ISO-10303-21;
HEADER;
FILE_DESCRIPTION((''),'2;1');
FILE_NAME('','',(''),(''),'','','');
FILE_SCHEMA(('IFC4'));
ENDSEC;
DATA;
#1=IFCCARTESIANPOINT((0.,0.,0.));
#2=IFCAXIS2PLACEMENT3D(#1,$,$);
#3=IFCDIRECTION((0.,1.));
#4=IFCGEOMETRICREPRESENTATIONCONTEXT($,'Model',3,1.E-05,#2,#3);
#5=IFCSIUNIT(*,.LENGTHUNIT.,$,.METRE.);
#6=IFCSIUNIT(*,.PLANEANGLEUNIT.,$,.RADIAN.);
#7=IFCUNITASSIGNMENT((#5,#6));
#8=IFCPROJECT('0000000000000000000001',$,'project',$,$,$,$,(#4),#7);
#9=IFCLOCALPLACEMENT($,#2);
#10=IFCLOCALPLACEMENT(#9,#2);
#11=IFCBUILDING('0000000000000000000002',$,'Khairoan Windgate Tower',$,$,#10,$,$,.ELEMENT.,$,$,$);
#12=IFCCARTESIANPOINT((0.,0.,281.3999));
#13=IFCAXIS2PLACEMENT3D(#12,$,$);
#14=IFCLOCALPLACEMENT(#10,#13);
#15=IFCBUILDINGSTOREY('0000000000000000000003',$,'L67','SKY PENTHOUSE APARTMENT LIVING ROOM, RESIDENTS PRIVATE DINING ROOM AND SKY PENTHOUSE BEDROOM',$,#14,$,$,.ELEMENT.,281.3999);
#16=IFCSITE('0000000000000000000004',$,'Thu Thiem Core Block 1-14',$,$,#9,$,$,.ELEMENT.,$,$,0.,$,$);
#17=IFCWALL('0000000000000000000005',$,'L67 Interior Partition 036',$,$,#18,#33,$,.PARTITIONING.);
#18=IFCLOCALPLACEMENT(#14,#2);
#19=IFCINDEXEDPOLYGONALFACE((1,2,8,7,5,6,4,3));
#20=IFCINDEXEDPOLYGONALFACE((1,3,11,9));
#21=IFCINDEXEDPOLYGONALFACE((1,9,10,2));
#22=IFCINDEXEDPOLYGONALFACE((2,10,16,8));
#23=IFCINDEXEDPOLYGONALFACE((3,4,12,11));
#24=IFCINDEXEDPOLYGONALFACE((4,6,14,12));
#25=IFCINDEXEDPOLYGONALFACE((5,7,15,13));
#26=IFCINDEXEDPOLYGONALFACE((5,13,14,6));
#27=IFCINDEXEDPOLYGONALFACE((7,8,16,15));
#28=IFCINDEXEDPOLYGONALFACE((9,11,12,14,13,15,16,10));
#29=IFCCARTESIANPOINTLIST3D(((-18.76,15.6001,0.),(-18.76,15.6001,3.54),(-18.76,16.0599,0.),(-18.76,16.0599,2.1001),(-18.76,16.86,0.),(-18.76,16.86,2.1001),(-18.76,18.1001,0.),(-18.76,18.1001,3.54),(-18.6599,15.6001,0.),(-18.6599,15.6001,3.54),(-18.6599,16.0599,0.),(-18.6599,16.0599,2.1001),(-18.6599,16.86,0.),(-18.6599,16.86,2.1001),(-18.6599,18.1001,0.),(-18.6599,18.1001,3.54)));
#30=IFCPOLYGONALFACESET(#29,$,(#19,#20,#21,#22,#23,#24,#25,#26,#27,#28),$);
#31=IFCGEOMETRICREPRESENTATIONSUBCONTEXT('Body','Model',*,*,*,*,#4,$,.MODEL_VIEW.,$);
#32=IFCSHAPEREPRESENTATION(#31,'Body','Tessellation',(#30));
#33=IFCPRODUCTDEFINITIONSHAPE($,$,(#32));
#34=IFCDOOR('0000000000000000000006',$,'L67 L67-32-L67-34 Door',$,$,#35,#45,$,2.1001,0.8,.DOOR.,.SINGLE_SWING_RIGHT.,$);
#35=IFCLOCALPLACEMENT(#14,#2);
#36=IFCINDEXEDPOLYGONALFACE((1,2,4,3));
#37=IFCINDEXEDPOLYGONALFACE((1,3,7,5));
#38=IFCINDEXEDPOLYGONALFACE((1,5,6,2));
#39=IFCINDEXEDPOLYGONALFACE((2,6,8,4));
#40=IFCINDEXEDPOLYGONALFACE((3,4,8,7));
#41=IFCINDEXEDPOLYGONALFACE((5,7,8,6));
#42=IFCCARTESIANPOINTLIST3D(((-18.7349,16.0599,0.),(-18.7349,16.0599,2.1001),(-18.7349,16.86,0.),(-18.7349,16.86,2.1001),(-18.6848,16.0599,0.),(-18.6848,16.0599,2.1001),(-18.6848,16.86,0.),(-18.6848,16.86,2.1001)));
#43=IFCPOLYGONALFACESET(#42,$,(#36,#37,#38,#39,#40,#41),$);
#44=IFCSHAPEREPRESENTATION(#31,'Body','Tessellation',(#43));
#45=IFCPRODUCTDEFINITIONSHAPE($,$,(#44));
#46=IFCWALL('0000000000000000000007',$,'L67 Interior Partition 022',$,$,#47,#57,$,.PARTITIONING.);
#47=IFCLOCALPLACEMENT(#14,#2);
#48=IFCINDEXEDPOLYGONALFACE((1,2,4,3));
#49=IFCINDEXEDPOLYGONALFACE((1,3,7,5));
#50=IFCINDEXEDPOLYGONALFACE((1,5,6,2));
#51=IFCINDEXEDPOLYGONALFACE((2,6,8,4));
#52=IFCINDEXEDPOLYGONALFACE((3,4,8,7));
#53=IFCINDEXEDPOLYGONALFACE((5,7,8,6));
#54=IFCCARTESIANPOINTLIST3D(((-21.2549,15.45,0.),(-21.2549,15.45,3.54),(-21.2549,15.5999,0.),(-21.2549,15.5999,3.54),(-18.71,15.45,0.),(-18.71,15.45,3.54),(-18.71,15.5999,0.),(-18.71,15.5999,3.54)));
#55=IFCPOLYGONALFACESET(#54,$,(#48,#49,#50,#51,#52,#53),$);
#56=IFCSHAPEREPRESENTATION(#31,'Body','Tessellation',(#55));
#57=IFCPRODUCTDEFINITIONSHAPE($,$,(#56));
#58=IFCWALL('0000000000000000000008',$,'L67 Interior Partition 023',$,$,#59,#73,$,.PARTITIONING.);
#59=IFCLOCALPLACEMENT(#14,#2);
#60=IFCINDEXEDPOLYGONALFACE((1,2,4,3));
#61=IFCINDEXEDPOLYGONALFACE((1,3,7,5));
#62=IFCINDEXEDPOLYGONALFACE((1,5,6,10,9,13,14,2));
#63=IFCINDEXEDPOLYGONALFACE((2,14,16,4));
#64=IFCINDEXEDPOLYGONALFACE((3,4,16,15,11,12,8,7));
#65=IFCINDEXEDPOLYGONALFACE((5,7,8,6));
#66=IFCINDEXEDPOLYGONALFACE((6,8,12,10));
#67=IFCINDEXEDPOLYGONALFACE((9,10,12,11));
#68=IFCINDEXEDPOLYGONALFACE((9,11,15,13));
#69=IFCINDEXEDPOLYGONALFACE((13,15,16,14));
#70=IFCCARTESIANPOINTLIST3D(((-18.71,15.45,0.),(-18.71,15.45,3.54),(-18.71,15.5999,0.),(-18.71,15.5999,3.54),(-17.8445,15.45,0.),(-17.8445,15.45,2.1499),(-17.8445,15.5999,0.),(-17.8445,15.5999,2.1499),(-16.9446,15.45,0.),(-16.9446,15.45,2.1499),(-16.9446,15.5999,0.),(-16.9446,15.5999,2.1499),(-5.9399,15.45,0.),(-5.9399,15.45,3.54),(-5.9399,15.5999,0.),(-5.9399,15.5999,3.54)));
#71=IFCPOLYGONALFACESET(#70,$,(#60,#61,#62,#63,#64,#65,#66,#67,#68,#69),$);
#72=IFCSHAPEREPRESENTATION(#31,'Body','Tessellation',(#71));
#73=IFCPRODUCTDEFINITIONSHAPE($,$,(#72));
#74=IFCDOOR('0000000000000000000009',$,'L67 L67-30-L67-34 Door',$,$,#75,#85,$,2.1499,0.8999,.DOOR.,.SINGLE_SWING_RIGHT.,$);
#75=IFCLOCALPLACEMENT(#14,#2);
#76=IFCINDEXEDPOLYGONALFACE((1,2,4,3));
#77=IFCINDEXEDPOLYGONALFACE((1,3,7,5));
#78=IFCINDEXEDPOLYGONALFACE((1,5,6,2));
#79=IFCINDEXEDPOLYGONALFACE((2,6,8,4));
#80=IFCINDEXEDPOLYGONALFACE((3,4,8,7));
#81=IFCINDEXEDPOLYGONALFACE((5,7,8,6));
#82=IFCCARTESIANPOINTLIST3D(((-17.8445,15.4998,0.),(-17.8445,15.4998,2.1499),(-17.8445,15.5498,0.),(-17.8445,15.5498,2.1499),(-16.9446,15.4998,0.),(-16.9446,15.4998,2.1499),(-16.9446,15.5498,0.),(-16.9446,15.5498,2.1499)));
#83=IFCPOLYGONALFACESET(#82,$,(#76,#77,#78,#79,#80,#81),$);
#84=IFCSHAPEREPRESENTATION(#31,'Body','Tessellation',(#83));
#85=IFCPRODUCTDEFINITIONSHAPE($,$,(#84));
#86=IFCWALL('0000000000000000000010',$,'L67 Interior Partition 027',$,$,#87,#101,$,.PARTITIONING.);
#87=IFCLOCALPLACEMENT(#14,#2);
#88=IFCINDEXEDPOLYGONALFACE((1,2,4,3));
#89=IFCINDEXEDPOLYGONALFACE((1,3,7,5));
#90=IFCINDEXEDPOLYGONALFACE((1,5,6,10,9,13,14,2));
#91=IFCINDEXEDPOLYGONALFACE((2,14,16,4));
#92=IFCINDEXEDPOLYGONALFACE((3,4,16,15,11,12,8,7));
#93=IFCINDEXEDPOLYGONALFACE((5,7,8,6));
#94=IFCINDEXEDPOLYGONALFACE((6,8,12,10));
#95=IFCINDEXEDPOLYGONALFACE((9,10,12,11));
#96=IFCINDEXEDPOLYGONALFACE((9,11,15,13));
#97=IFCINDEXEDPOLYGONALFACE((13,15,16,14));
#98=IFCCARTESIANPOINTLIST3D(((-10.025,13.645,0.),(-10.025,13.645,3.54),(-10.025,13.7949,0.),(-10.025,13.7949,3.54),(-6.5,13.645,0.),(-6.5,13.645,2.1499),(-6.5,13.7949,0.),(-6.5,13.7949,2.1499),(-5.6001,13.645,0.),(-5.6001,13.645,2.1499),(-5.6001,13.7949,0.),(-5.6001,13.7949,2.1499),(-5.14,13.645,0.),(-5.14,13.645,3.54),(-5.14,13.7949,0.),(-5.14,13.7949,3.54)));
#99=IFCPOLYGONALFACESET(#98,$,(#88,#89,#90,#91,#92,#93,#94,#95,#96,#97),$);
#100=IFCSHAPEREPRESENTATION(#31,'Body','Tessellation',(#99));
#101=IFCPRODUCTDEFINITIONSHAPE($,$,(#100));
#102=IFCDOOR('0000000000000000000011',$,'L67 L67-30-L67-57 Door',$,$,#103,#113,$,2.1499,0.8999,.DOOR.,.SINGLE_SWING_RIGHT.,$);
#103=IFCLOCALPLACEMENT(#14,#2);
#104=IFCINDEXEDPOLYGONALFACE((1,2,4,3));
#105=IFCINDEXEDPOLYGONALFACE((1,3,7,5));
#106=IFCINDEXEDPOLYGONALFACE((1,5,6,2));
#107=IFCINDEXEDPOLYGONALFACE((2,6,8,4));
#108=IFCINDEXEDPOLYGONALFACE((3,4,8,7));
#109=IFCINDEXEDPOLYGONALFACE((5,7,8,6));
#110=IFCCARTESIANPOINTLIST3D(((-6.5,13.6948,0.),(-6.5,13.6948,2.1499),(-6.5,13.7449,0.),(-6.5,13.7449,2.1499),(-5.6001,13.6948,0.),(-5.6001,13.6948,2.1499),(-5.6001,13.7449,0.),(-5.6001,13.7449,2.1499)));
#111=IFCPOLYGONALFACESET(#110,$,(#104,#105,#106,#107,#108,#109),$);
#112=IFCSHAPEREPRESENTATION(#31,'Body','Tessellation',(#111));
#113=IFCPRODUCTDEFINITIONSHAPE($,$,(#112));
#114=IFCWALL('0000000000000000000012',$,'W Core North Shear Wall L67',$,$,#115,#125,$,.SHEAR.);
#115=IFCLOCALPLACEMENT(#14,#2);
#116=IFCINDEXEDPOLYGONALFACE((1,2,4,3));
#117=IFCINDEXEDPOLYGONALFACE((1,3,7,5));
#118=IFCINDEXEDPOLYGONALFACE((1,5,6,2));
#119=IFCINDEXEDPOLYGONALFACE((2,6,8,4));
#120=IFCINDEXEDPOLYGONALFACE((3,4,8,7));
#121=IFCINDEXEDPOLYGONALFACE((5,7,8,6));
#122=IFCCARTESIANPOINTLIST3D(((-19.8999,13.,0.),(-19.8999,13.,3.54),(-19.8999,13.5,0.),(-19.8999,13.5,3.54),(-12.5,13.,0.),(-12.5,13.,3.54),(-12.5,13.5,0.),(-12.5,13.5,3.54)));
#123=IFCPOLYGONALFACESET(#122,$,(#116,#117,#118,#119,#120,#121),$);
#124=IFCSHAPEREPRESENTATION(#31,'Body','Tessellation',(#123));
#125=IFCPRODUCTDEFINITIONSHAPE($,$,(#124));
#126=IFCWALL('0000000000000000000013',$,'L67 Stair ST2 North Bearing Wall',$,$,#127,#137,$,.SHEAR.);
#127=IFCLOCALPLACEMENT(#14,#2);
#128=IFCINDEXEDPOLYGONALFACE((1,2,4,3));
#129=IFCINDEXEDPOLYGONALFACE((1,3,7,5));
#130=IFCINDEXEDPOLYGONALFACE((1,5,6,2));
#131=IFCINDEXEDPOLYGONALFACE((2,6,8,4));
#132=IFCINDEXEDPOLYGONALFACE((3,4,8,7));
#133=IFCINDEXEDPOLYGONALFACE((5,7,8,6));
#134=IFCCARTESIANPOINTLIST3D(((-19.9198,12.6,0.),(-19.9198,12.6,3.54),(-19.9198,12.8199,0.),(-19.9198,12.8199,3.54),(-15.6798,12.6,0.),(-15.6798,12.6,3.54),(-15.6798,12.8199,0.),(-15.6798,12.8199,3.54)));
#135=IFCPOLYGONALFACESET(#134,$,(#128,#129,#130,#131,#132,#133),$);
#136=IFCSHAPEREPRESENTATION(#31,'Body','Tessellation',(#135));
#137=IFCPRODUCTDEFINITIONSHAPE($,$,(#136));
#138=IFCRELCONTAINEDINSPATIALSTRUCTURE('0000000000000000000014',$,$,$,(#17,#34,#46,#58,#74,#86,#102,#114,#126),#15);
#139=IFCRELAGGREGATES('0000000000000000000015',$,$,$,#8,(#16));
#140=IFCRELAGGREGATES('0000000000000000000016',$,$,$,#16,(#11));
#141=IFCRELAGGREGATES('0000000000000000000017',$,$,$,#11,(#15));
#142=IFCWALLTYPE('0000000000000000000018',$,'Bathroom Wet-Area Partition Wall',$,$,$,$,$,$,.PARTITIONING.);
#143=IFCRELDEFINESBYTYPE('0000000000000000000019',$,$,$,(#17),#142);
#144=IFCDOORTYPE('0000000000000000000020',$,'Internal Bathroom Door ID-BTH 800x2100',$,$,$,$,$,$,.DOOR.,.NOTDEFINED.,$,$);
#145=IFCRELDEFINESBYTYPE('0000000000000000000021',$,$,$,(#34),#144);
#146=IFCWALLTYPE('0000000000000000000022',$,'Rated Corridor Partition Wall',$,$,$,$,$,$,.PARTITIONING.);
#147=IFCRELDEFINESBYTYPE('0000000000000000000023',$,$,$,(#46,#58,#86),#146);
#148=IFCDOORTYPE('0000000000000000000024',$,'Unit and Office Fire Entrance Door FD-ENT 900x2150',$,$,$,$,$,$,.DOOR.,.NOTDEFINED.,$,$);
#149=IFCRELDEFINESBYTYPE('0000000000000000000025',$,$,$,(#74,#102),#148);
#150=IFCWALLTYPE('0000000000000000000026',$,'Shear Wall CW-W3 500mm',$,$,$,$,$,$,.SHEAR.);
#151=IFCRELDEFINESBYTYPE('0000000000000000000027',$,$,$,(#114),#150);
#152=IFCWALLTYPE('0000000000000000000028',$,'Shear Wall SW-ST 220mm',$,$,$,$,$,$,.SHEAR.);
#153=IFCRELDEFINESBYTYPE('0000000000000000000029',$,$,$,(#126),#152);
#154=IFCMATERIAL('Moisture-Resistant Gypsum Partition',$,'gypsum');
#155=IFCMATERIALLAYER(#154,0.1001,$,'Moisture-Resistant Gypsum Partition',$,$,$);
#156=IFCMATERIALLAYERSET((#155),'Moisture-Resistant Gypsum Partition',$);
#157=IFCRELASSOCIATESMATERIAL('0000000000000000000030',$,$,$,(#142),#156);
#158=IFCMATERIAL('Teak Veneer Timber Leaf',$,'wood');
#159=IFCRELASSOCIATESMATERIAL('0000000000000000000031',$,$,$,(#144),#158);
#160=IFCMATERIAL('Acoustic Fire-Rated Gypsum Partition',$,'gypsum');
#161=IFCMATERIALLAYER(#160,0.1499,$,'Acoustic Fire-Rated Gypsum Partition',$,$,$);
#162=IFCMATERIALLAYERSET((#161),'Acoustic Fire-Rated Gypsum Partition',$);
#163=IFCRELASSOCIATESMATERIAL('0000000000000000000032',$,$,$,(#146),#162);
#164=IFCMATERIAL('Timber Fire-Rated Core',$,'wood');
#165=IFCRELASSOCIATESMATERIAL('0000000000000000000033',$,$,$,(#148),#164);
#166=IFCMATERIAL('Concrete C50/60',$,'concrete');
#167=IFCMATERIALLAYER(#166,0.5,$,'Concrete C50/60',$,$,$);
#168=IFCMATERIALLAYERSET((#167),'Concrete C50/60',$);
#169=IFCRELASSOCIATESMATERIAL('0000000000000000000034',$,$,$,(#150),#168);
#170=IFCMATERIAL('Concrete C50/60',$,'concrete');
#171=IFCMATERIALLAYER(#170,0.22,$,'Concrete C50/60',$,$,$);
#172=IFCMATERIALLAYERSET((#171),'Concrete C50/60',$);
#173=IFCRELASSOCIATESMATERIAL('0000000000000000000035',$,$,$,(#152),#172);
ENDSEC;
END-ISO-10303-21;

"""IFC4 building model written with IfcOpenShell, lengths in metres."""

from ifc_helpers import new_model, si_unit, direction, frame, frame_2d, origin, place, context, subcontext, project, spatial, rectangle, extrude, material, layer, layer_set, type_object, element, fill, save


model = new_model("IFC4")

# Units and contexts
model_context = context("Model", 3, precision=1e-05, world=origin(), true_north=direction((0.0, 1.0)))
body_context = subcontext(model_context, "Body", "Model", "MODEL_VIEW")
ifc_project = project(units=[si_unit("LENGTHUNIT", "METRE"), si_unit("PLANEANGLEUNIT", "RADIAN")], contexts=[model_context])

# Site, building, storey
site_placement = place(None, origin())
site = spatial("IfcSite", under=ifc_project, at=site_placement, Name="Thu Thiem Core Block 1-14", CompositionType="ELEMENT", RefElevation=0.0)
building_placement = place(site_placement, origin())
building = spatial("IfcBuilding", under=site, at=building_placement, Name="Khairoan Windgate Tower", CompositionType="ELEMENT")
storey_placement = place(building_placement, frame((0.0, 0.0, 281.3999)))
storey = spatial("IfcBuildingStorey", under=building, at=storey_placement, Name="L67", Description="SKY PENTHOUSE APARTMENT LIVING ROOM, RESIDENTS PRIVATE DINING ROOM AND SKY PENTHOUSE BEDROOM", CompositionType="ELEMENT", Elevation=281.3999)

# Shared definitions
ifc_material_1 = material(Name="Moisture-Resistant Gypsum Partition", Category="gypsum")
ifc_layer_1 = layer(ifc_material_1, 0.1001, Name="Moisture-Resistant Gypsum Partition")
ifc_layer_set_1 = layer_set([ifc_layer_1], Name="Moisture-Resistant Gypsum Partition")
wall_type_1 = type_object("IfcWallType", Name="Bathroom Wet-Area Partition Wall", PredefinedType="PARTITIONING", material=ifc_layer_set_1)

# Wall, opening, door
wall_1_placement = place(storey_placement, frame((-18.71, 15.6001, 0.0), z_axis=(0.0, 0.0, 1.0), x_axis=(0.0, 1.0, 0.0)))
wall_1 = element("IfcWall", 1, at=wall_1_placement, inside=storey, type_object=wall_type_1, Name="L67 Interior Partition 036", PredefinedType="PARTITIONING", context=body_context, shape_type="SweptSolid", body=[
    extrude(rectangle(XDim=2.5, YDim=0.1001, at=frame_2d((1.25, 0.0))), origin(), (0.0, 0.0, 1.0), 3.54),
])
opening_1_placement = place(wall_1_placement, frame((0.46, 0.0, 0.0)))
opening_1 = element("IfcOpeningElement", 2, at=opening_1_placement, cuts=wall_1, PredefinedType="OPENING", context=body_context, shape_type="SweptSolid", body=[
    extrude(rectangle(XDim=0.8, YDim=2.1001, at=frame_2d((0.3999, 1.05))), frame((0.0, 0.0601, 0.0), z_axis=(0.0, -1.0, 0.0), x_axis=(1.0, 0.0, 0.0)), (0.0, 0.0, 1.0), 0.1201),
])
ifc_material_2 = material(Name="Teak Veneer Timber Leaf", Category="wood")
door_type_1 = type_object("IfcDoorType", Name="Internal Bathroom Door ID-BTH 800x2100", OperationType="NOTDEFINED", PredefinedType="DOOR", material=ifc_material_2)
door_1_placement = place(opening_1_placement, origin())
door_1 = element("IfcDoor", 3, at=door_1_placement, inside=storey, type_object=door_type_1, Name="L67 L67-32-L67-34 Door", OperationType="SINGLE_SWING_RIGHT", OverallHeight=2.1001, OverallWidth=0.8, PredefinedType="DOOR", context=body_context, shape_type="SweptSolid", body=[
    extrude(rectangle(XDim=0.8, YDim=2.1001, at=frame_2d((0.3999, 1.05))), frame((0.0, 0.0249, 0.0), z_axis=(0.0, -1.0, 0.0), x_axis=(1.0, 0.0, 0.0)), (0.0, 0.0, 1.0), 0.05),
])
fill(opening_1, door_1)

# Wall
ifc_material_3 = material(Name="Acoustic Fire-Rated Gypsum Partition", Category="gypsum")
ifc_layer_2 = layer(ifc_material_3, 0.1499, Name="Acoustic Fire-Rated Gypsum Partition")
ifc_layer_set_2 = layer_set([ifc_layer_2], Name="Acoustic Fire-Rated Gypsum Partition")
wall_type_2 = type_object("IfcWallType", Name="Rated Corridor Partition Wall", PredefinedType="PARTITIONING", material=ifc_layer_set_2)
wall_2_placement = place(storey_placement, frame((-21.2549, 15.5249, 0.0), z_axis=(0.0, 0.0, 1.0), x_axis=(1.0, 0.0, 0.0)))
element("IfcWall", 4, at=wall_2_placement, inside=storey, type_object=wall_type_2, Name="L67 Interior Partition 022", PredefinedType="PARTITIONING", context=body_context, shape_type="SweptSolid", body=[
    extrude(rectangle(XDim=2.5449, YDim=0.1499, at=frame_2d((1.2725, 0.0))), origin(), (0.0, 0.0, 1.0), 3.54),
])

# Walls, openings, doors
wall_3_placement = place(storey_placement, frame((-18.71, 15.5249, 0.0), z_axis=(0.0, 0.0, 1.0), x_axis=(1.0, 0.0, 0.0)))
wall_3 = element("IfcWall", 5, at=wall_3_placement, inside=storey, type_object=wall_type_2, Name="L67 Interior Partition 023", PredefinedType="PARTITIONING", context=body_context, shape_type="SweptSolid", body=[
    extrude(rectangle(XDim=12.77, YDim=0.1499, at=frame_2d((6.385, 0.0))), origin(), (0.0, 0.0, 1.0), 3.54),
])
opening_2_placement = place(wall_3_placement, frame((0.8655, 0.0, 0.0)))
opening_2 = element("IfcOpeningElement", 6, at=opening_2_placement, cuts=wall_3, PredefinedType="OPENING", context=body_context, shape_type="SweptSolid", body=[
    extrude(rectangle(XDim=0.8999, YDim=2.1499, at=frame_2d((0.45, 1.075))), frame((0.0, 0.085, 0.0), z_axis=(0.0, -1.0, 0.0), x_axis=(1.0, 0.0, 0.0)), (0.0, 0.0, 1.0), 0.1699),
])
ifc_material_4 = material(Name="Timber Fire-Rated Core", Category="wood")
door_type_2 = type_object("IfcDoorType", Name="Unit and Office Fire Entrance Door FD-ENT 900x2150", OperationType="NOTDEFINED", PredefinedType="DOOR", material=ifc_material_4)
door_2_placement = place(opening_2_placement, origin())
door_2 = element("IfcDoor", 7, at=door_2_placement, inside=storey, type_object=door_type_2, Name="L67 L67-30-L67-34 Door", OperationType="SINGLE_SWING_RIGHT", OverallHeight=2.1499, OverallWidth=0.8999, PredefinedType="DOOR", context=body_context, shape_type="SweptSolid", body=[
    extrude(rectangle(XDim=0.8999, YDim=2.1499, at=frame_2d((0.45, 1.075))), frame((0.0, 0.0249, 0.0), z_axis=(0.0, -1.0, 0.0), x_axis=(1.0, 0.0, 0.0)), (0.0, 0.0, 1.0), 0.05),
])
fill(opening_2, door_2)
wall_4_placement = place(storey_placement, frame((-10.0249, 13.72, 0.0), z_axis=(0.0, 0.0, 1.0), x_axis=(1.0, 0.0, 0.0)))
wall_4 = element("IfcWall", 8, at=wall_4_placement, inside=storey, type_object=wall_type_2, Name="L67 Interior Partition 027", PredefinedType="PARTITIONING", context=body_context, shape_type="SweptSolid", body=[
    extrude(rectangle(XDim=4.885, YDim=0.1499, at=frame_2d((2.4424, 0.0))), origin(), (0.0, 0.0, 1.0), 3.54),
])
opening_3_placement = place(wall_4_placement, frame((3.5249, 0.0, 0.0)))
opening_3 = element("IfcOpeningElement", 9, at=opening_3_placement, cuts=wall_4, PredefinedType="OPENING", context=body_context, shape_type="SweptSolid", body=[
    extrude(rectangle(XDim=0.8999, YDim=2.1499, at=frame_2d((0.45, 1.075))), frame((0.0, 0.085, 0.0), z_axis=(0.0, -1.0, 0.0), x_axis=(1.0, 0.0, 0.0)), (0.0, 0.0, 1.0), 0.1699),
])
door_3_placement = place(opening_3_placement, origin())
door_3 = element("IfcDoor", 10, at=door_3_placement, inside=storey, type_object=door_type_2, Name="L67 L67-30-L67-57 Door", OperationType="SINGLE_SWING_RIGHT", OverallHeight=2.1499, OverallWidth=0.8999, PredefinedType="DOOR", context=body_context, shape_type="SweptSolid", body=[
    extrude(rectangle(XDim=0.8999, YDim=2.1499, at=frame_2d((0.45, 1.075))), frame((0.0, 0.0249, 0.0), z_axis=(0.0, -1.0, 0.0), x_axis=(1.0, 0.0, 0.0)), (0.0, 0.0, 1.0), 0.05),
])
fill(opening_3, door_3)

# Walls
ifc_material_5 = material(Name="Concrete C50/60", Category="concrete")
ifc_layer_3 = layer(ifc_material_5, 0.5, Name="Concrete C50/60")
ifc_layer_set_3 = layer_set([ifc_layer_3], Name="Concrete C50/60")
wall_type_3 = type_object("IfcWallType", Name="Shear Wall CW-W3 500mm", PredefinedType="SHEAR", material=ifc_layer_set_3)
wall_5_placement = place(storey_placement, frame((-19.8999, 13.25, 0.0), z_axis=(0.0, 0.0, 1.0), x_axis=(1.0, 0.0, 0.0)))
element("IfcWall", 11, at=wall_5_placement, inside=storey, type_object=wall_type_3, Name="W Core North Shear Wall L67", PredefinedType="SHEAR", context=body_context, shape_type="SweptSolid", body=[
    extrude(rectangle(XDim=7.3999, YDim=0.5, at=frame_2d((3.7, 0.0))), origin(), (0.0, 0.0, 1.0), 3.54),
])
ifc_material_6 = material(Name="Concrete C50/60", Category="concrete")
ifc_layer_4 = layer(ifc_material_6, 0.22, Name="Concrete C50/60")
ifc_layer_set_4 = layer_set([ifc_layer_4], Name="Concrete C50/60")
wall_type_4 = type_object("IfcWallType", Name="Shear Wall SW-ST 220mm", PredefinedType="SHEAR", material=ifc_layer_set_4)
wall_6_placement = place(storey_placement, frame((-19.9199, 12.71, 0.0), z_axis=(0.0, 0.0, 1.0), x_axis=(1.0, 0.0, 0.0)))
element("IfcWall", 12, at=wall_6_placement, inside=storey, type_object=wall_type_4, Name="L67 Stair ST2 North Bearing Wall", PredefinedType="SHEAR", context=body_context, shape_type="SweptSolid", body=[
    extrude(rectangle(XDim=4.24, YDim=0.22, at=frame_2d((2.1201, 0.0))), origin(), (0.0, 0.0, 1.0), 3.54),
])

save(model, "model.ifc")
